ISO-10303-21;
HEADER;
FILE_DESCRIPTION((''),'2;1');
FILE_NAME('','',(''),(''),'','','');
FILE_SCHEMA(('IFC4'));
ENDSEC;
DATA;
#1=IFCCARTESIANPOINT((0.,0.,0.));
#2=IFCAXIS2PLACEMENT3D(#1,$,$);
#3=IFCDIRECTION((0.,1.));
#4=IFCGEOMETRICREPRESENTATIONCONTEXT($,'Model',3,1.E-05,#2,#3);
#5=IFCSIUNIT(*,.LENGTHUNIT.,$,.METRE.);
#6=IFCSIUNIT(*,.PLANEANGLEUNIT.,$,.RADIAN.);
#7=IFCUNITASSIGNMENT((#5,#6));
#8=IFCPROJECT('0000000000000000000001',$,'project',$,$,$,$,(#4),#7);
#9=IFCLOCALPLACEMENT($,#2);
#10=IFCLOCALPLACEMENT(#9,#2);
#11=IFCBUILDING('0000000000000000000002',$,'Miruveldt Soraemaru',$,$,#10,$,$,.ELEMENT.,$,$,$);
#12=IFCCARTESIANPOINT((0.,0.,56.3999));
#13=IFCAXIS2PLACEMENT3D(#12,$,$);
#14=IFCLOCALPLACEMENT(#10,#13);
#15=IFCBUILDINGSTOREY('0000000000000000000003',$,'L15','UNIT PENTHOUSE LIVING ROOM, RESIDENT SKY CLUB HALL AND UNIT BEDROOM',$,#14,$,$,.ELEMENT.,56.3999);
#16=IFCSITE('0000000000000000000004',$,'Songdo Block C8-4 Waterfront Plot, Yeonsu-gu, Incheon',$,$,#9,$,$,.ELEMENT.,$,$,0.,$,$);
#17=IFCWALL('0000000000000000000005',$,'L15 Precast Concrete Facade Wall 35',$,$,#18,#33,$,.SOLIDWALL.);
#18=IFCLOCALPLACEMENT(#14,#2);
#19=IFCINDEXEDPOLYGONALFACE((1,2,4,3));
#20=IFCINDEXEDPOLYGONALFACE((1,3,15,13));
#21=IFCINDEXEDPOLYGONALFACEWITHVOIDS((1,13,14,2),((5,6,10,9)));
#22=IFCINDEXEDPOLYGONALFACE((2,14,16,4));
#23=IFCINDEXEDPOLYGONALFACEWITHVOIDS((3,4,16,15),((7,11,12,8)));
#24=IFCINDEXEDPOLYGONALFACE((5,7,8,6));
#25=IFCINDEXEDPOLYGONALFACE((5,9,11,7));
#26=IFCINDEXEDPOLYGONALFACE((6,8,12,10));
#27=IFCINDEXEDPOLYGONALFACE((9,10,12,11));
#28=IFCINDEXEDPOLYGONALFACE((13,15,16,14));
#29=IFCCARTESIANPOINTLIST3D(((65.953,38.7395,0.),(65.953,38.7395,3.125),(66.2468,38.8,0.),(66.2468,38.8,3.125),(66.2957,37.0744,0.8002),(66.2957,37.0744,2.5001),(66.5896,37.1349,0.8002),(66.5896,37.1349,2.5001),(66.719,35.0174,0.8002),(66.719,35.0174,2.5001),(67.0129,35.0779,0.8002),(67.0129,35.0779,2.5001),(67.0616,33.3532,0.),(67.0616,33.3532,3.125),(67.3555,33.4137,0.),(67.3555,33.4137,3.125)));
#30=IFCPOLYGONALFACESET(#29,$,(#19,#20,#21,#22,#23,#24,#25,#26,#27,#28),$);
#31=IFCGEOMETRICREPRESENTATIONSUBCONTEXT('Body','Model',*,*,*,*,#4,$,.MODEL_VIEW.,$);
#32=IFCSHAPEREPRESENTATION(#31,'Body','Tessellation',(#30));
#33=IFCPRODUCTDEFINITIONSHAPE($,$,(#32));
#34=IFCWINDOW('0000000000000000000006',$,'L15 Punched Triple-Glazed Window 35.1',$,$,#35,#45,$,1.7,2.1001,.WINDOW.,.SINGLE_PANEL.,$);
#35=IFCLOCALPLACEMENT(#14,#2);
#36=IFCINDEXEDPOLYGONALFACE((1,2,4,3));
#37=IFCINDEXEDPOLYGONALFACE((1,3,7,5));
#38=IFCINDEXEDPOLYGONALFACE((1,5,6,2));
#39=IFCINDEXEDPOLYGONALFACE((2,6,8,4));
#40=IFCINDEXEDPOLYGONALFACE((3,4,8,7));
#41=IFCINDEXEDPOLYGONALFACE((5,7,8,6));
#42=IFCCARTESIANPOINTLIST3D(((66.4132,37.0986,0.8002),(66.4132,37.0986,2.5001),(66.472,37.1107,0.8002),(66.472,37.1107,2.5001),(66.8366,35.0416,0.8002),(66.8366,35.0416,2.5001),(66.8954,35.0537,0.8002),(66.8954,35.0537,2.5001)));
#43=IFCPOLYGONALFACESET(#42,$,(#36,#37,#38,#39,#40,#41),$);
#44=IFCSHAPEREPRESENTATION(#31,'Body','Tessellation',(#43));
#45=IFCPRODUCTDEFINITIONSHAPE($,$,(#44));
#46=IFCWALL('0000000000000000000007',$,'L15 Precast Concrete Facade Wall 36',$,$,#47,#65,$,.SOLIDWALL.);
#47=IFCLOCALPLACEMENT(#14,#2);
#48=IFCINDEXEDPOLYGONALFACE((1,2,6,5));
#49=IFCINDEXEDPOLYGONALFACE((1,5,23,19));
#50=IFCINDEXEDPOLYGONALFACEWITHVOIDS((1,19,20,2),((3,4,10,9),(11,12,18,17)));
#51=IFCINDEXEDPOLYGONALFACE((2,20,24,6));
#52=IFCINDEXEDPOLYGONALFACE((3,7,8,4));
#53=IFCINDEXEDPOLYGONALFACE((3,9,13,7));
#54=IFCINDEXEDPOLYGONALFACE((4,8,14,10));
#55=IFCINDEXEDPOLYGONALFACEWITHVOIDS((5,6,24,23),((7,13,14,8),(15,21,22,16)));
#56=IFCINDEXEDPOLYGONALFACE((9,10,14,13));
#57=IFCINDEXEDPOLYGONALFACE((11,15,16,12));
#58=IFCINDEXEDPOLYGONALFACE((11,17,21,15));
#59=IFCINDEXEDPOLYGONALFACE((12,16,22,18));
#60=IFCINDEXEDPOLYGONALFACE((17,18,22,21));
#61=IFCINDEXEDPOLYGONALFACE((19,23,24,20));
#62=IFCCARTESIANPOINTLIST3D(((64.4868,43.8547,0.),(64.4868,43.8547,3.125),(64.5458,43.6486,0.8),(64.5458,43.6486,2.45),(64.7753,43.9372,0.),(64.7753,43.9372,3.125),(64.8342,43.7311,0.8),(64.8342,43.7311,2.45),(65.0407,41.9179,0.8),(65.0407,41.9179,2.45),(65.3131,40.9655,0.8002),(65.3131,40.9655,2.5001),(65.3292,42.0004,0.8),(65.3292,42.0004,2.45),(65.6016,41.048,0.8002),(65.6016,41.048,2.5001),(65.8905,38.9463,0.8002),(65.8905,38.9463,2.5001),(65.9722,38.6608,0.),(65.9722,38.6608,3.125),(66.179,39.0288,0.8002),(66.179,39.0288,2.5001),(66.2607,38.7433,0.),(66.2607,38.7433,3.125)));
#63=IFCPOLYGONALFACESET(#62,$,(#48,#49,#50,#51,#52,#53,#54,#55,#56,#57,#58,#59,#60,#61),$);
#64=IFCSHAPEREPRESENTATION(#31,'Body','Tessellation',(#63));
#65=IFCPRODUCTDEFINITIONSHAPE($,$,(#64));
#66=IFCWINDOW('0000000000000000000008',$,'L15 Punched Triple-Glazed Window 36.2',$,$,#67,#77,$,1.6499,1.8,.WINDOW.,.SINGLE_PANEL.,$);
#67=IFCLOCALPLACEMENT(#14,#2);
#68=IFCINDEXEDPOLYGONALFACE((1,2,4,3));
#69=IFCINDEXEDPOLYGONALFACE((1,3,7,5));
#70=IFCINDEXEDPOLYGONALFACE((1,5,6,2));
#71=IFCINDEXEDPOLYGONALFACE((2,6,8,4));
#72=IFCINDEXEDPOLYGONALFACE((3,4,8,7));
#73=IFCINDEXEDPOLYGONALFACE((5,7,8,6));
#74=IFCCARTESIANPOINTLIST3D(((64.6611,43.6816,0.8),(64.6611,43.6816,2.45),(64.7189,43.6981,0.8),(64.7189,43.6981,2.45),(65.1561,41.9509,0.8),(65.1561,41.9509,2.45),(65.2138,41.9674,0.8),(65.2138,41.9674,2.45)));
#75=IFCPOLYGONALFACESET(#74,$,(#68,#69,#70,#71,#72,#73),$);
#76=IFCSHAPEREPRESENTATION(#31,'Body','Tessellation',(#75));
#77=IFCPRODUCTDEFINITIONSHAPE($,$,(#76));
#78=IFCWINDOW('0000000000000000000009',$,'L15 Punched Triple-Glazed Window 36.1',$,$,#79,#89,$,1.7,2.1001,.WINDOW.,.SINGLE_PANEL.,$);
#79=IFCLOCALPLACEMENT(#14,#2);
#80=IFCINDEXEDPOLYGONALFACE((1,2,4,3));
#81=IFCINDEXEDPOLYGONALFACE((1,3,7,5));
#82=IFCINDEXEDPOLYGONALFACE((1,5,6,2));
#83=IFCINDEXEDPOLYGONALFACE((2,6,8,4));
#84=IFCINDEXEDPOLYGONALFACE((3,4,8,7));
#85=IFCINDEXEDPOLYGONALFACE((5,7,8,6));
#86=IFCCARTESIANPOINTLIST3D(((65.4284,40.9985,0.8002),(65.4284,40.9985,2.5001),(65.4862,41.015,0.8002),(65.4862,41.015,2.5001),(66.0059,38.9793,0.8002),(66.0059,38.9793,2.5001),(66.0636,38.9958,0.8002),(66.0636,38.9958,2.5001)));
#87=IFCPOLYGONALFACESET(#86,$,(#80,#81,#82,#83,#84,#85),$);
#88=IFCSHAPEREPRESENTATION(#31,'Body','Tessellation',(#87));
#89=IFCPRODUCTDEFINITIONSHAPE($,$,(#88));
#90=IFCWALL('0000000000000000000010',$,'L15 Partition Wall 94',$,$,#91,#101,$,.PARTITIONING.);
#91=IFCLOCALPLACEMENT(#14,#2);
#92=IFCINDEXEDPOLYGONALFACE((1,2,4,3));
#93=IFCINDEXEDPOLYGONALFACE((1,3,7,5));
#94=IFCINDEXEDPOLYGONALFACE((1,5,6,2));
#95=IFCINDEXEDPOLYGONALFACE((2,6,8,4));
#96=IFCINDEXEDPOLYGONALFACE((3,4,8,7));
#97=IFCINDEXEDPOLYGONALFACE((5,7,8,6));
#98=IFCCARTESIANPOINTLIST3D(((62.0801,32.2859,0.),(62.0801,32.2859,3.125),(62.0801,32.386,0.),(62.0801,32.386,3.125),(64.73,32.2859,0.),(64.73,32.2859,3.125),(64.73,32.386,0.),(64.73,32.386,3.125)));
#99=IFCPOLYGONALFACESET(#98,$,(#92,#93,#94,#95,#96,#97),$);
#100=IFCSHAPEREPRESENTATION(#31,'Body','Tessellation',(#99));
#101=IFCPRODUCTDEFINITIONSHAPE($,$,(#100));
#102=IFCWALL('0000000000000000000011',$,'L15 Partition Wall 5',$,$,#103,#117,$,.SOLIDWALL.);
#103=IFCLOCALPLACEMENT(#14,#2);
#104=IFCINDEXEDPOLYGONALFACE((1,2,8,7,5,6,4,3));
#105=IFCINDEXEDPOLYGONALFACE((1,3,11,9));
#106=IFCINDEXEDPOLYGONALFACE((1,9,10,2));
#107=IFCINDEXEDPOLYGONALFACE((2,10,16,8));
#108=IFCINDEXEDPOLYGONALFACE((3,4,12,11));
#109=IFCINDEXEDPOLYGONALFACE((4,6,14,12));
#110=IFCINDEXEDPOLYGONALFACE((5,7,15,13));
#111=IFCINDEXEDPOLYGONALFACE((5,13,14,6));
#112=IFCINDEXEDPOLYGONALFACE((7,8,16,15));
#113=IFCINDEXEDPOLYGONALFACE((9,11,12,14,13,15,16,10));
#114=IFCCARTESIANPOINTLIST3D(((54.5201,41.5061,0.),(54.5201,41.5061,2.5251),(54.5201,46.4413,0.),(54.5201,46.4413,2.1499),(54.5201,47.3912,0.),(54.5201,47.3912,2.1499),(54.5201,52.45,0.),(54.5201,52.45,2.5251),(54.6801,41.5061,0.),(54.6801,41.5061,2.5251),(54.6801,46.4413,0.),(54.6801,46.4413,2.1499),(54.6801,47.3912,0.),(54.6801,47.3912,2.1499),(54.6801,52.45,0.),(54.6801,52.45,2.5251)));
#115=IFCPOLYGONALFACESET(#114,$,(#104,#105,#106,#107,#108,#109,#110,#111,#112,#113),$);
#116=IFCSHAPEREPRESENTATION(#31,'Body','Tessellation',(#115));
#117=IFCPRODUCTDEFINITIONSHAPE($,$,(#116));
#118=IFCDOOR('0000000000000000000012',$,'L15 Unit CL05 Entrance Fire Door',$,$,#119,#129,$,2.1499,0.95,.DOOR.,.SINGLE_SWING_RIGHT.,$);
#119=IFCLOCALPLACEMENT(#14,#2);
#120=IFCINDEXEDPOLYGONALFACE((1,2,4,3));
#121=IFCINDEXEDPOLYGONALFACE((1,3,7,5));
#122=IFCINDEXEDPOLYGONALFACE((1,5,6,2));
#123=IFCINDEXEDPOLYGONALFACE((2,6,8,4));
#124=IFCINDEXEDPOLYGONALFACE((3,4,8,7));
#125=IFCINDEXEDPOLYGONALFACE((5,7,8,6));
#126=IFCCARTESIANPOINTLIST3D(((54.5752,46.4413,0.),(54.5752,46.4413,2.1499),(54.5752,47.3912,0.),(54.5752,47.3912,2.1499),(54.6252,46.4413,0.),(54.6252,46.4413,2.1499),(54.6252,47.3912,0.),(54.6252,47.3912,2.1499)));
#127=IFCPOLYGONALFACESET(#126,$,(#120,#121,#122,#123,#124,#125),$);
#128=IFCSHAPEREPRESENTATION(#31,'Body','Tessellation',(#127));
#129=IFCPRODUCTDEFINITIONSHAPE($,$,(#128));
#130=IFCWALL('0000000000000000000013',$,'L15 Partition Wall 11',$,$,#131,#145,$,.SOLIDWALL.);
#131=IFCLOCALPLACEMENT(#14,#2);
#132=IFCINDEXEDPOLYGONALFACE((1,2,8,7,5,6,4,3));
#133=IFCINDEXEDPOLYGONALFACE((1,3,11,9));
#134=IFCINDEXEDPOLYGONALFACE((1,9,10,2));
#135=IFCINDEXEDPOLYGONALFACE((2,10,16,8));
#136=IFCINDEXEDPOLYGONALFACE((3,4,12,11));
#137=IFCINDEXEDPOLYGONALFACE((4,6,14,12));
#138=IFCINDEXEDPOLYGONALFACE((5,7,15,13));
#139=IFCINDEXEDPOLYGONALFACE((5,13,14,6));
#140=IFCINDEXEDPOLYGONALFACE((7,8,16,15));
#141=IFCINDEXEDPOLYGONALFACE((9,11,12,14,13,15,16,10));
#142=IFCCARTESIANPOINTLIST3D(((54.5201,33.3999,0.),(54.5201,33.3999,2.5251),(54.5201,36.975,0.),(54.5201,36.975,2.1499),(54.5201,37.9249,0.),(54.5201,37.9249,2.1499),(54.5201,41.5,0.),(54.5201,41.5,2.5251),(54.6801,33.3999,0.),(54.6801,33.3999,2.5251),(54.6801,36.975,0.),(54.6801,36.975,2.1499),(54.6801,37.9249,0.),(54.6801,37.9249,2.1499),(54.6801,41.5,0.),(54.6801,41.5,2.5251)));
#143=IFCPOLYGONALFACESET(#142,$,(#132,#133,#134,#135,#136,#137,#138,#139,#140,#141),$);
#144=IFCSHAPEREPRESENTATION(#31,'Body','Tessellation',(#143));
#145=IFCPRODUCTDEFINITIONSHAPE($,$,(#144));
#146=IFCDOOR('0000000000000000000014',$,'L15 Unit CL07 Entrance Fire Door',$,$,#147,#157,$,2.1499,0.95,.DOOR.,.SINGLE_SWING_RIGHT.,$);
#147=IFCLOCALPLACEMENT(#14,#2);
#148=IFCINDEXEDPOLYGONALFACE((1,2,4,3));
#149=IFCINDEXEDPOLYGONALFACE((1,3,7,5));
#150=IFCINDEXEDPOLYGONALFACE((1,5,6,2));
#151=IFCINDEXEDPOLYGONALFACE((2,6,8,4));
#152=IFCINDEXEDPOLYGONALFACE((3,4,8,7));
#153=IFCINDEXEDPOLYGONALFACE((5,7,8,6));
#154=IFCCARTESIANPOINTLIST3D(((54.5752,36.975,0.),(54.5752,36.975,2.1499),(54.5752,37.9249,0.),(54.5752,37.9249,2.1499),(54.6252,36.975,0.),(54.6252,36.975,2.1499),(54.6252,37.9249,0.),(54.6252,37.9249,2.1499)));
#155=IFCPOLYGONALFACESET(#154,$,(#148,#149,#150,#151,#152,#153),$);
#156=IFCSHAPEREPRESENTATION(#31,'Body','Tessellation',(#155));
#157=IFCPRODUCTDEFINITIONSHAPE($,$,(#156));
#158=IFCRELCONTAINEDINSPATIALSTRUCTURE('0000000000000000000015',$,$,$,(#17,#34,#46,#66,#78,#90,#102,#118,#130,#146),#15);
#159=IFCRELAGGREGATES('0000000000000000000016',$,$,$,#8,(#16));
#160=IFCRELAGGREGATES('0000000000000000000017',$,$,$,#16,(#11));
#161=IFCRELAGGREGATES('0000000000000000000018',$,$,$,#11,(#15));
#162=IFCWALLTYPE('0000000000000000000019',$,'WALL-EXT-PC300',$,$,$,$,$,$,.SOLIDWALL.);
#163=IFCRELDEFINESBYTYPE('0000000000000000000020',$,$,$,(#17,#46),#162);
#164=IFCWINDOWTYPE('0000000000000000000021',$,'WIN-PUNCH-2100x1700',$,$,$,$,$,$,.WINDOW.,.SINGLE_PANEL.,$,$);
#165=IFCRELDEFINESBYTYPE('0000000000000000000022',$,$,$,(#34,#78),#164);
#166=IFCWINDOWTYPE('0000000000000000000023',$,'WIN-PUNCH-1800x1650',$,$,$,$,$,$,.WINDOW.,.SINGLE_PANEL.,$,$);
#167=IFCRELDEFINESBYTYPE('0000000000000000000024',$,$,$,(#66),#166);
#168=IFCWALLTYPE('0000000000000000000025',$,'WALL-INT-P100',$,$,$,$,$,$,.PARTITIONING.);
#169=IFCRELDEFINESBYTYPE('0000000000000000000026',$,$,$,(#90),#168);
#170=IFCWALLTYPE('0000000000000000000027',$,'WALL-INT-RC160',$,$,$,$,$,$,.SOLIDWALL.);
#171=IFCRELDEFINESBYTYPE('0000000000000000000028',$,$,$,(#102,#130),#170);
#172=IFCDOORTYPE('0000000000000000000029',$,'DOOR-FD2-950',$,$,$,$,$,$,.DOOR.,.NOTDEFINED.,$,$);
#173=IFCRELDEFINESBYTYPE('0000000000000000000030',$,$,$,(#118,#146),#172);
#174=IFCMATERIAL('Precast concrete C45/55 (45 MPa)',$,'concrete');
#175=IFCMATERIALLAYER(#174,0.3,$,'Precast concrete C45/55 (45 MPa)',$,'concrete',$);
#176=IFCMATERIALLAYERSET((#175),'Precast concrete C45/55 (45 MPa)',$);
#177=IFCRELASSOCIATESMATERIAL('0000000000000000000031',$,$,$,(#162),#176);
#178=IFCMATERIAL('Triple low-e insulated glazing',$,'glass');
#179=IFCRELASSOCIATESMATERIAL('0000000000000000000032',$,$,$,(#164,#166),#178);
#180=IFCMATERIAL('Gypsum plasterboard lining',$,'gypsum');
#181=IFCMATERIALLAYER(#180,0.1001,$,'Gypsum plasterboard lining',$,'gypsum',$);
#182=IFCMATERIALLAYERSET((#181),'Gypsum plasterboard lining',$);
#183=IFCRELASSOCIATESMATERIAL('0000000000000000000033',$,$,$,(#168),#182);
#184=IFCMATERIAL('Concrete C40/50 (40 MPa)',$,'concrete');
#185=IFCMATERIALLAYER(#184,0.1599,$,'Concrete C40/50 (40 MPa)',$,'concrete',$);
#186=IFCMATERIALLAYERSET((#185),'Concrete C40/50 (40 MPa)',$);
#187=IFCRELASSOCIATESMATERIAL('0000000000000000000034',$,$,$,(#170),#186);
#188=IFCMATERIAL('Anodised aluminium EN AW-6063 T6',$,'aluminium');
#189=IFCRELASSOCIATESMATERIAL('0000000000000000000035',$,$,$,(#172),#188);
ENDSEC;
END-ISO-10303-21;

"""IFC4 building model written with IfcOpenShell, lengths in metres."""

from ifc_helpers import new_model, si_unit, direction, frame, frame_2d, origin, place, context, subcontext, project, spatial, rectangle, extrude, material, layer, layer_set, type_object, element, fill, save


model = new_model("IFC4")

# Units and contexts
model_context = context("Model", 3, precision=1e-05, world=origin(), true_north=direction((0.0, 1.0)))
body_context = subcontext(model_context, "Body", "Model", "MODEL_VIEW")
ifc_project = project(units=[si_unit("LENGTHUNIT", "METRE"), si_unit("PLANEANGLEUNIT", "RADIAN")], contexts=[model_context])

# Site, building, storey
site_placement = place(None, origin())
site = spatial("IfcSite", under=ifc_project, at=site_placement, Name="Songdo Block C8-4 Waterfront Plot, Yeonsu-gu, Incheon", CompositionType="ELEMENT", RefElevation=0.0)
building_placement = place(site_placement, origin())
building = spatial("IfcBuilding", under=site, at=building_placement, Name="Miruveldt Soraemaru", CompositionType="ELEMENT")
storey_placement = place(building_placement, frame((0.0, 0.0, 56.3999)))
storey = spatial("IfcBuildingStorey", under=building, at=storey_placement, Name="L15", Description="UNIT PENTHOUSE LIVING ROOM, RESIDENT SKY CLUB HALL AND UNIT BEDROOM", CompositionType="ELEMENT", Elevation=56.3999)

# Wall, opening, window
ifc_material_1 = material(Name="Precast concrete C45/55 (45 MPa)", Category="concrete")
ifc_layer_1 = layer(ifc_material_1, 0.3, Name="Precast concrete C45/55 (45 MPa)", Category="concrete")
ifc_layer_set_1 = layer_set([ifc_layer_1], Name="Precast concrete C45/55 (45 MPa)")
wall_type_1 = type_object("IfcWallType", Name="WALL-EXT-PC300", PredefinedType="SOLIDWALL", material=ifc_layer_set_1)
wall_1_placement = place(storey_placement, frame((67.2085, 33.3835, 0.0), z_axis=(0.0, 0.0, 1.0), x_axis=(-0.201594, 0.979469, 0.0)))
wall_1 = element("IfcWall", 1, at=wall_1_placement, inside=storey, type_object=wall_type_1, Name="L15 Precast Concrete Facade Wall 35", PredefinedType="SOLIDWALL", context=body_context, shape_type="SweptSolid", body=[
    extrude(rectangle(XDim=5.4993, YDim=0.3, at=frame_2d((2.7495, 0.0))), origin(), (0.0, 0.0, 1.0), 3.125),
])
opening_1_placement = place(wall_1_placement, frame((1.699, 0.0, 0.8)))
opening_1 = element("IfcOpeningElement", 2, at=opening_1_placement, cuts=wall_1, PredefinedType="OPENING", context=body_context, shape_type="SweptSolid", body=[
    extrude(rectangle(XDim=2.1001, YDim=1.7, at=frame_2d((1.05, 0.8501))), frame((0.0, 0.1602, 0.0), z_axis=(0.0, -1.0, 0.0), x_axis=(1.0, 0.0, 0.0)), (0.0, 0.0, 1.0), 0.3201),
])
ifc_material_2 = material(Name="Triple low-e insulated glazing", Category="glass")
window_type_1 = type_object("IfcWindowType", Name="WIN-PUNCH-2100x1700", PartitioningType="SINGLE_PANEL", PredefinedType="WINDOW", material=ifc_material_2)
window_1_placement = place(opening_1_placement, origin())
window_1 = element("IfcWindow", 3, at=window_1_placement, inside=storey, type_object=window_type_1, Name="L15 Punched Triple-Glazed Window 35.1", OverallHeight=1.7, OverallWidth=2.1001, PartitioningType="SINGLE_PANEL", PredefinedType="WINDOW", context=body_context, shape_type="SweptSolid", body=[
    extrude(rectangle(XDim=2.1001, YDim=1.7, at=frame_2d((1.05, 0.8501))), frame((0.0, 0.03, 0.0), z_axis=(0.0, -1.0, 0.0), x_axis=(1.0, 0.0, 0.0)), (0.0, 0.0, 1.0), 0.0601),
])
fill(opening_1, window_1)

# Wall, openings, windows
wall_2_placement = place(storey_placement, frame((66.1165, 38.7019, 0.0), z_axis=(0.0, 0.0, 1.0), x_axis=(-0.27496, 0.961456, 0.0)))
wall_2 = element("IfcWall", 4, at=wall_2_placement, inside=storey, type_object=wall_type_1, Name="L15 Precast Concrete Facade Wall 36", PredefinedType="SOLIDWALL", context=body_context, shape_type="SweptSolid", body=[
    extrude(rectangle(XDim=5.4021, YDim=0.3, at=frame_2d((2.7012, 0.0))), origin(), (0.0, 0.0, 1.0), 3.125),
])
opening_2_placement = place(wall_2_placement, frame((0.2971, 0.0, 0.8)))
opening_2 = element("IfcOpeningElement", 5, at=opening_2_placement, cuts=wall_2, PredefinedType="OPENING", context=body_context, shape_type="SweptSolid", body=[
    extrude(rectangle(XDim=2.1001, YDim=1.7, at=frame_2d((1.05, 0.8501))), frame((0.0, 0.1602, 0.0), z_axis=(0.0, -1.0, 0.0), x_axis=(1.0, 0.0, 0.0)), (0.0, 0.0, 1.0), 0.3201),
])
opening_3_placement = place(wall_2_placement, frame((3.3879, 0.0, 0.8)))
opening_3 = element("IfcOpeningElement", 6, at=opening_3_placement, cuts=wall_2, PredefinedType="OPENING", context=body_context, shape_type="SweptSolid", body=[
    extrude(rectangle(XDim=1.8, YDim=1.6499, at=frame_2d((0.8999, 0.825))), frame((0.0, 0.1602, 0.0), z_axis=(0.0, -1.0, 0.0), x_axis=(1.0, 0.0, 0.0)), (0.0, 0.0, 1.0), 0.3201),
])
window_type_2 = type_object("IfcWindowType", Name="WIN-PUNCH-1800x1650", PartitioningType="SINGLE_PANEL", PredefinedType="WINDOW", material=ifc_material_2)
window_2_placement = place(opening_3_placement, origin())
window_2 = element("IfcWindow", 7, at=window_2_placement, inside=storey, type_object=window_type_2, Name="L15 Punched Triple-Glazed Window 36.2", OverallHeight=1.6499, OverallWidth=1.8, PartitioningType="SINGLE_PANEL", PredefinedType="WINDOW", context=body_context, shape_type="SweptSolid", body=[
    extrude(rectangle(XDim=1.8, YDim=1.6499, at=frame_2d((0.8999, 0.825))), frame((0.0, 0.03, 0.0), z_axis=(0.0, -1.0, 0.0), x_axis=(1.0, 0.0, 0.0)), (0.0, 0.0, 1.0), 0.0601),
])
fill(opening_3, window_2)
window_3_placement = place(opening_2_placement, origin())
window_3 = element("IfcWindow", 8, at=window_3_placement, inside=storey, type_object=window_type_1, Name="L15 Punched Triple-Glazed Window 36.1", OverallHeight=1.7, OverallWidth=2.1001, PartitioningType="SINGLE_PANEL", PredefinedType="WINDOW", context=body_context, shape_type="SweptSolid", body=[
    extrude(rectangle(XDim=2.1001, YDim=1.7, at=frame_2d((1.05, 0.8501))), frame((0.0, 0.03, 0.0), z_axis=(0.0, -1.0, 0.0), x_axis=(1.0, 0.0, 0.0)), (0.0, 0.0, 1.0), 0.0601),
])
fill(opening_2, window_3)

# Wall
ifc_material_3 = material(Name="Gypsum plasterboard lining", Category="gypsum")
ifc_layer_2 = layer(ifc_material_3, 0.1001, Name="Gypsum plasterboard lining", Category="gypsum")
ifc_layer_set_2 = layer_set([ifc_layer_2], Name="Gypsum plasterboard lining")
wall_type_2 = type_object("IfcWallType", Name="WALL-INT-P100", PredefinedType="PARTITIONING", material=ifc_layer_set_2)
wall_3_placement = place(storey_placement, frame((64.73, 32.3359, 0.0), z_axis=(0.0, 0.0, 1.0), x_axis=(-1.0, 0.0, 0.0)))
element("IfcWall", 9, at=wall_3_placement, inside=storey, type_object=wall_type_2, Name="L15 Partition Wall 94", PredefinedType="PARTITIONING", context=body_context, shape_type="SweptSolid", body=[
    extrude(rectangle(XDim=2.6499, YDim=0.1001, at=frame_2d((1.325, 0.0))), origin(), (0.0, 0.0, 1.0), 3.125),
])

# Walls, openings, doors
ifc_material_4 = material(Name="Concrete C40/50 (40 MPa)", Category="concrete")
ifc_layer_3 = layer(ifc_material_4, 0.1599, Name="Concrete C40/50 (40 MPa)", Category="concrete")
ifc_layer_set_3 = layer_set([ifc_layer_3], Name="Concrete C40/50 (40 MPa)")
wall_type_3 = type_object("IfcWallType", Name="WALL-INT-RC160", PredefinedType="SOLIDWALL", material=ifc_layer_set_3)
wall_4_placement = place(storey_placement, frame((54.6001, 41.5061, 0.0), z_axis=(0.0, 0.0, 1.0), x_axis=(0.0, 1.0, 0.0)))
wall_4 = element("IfcWall", 10, at=wall_4_placement, inside=storey, type_object=wall_type_3, Name="L15 Partition Wall 5", PredefinedType="SOLIDWALL", context=body_context, shape_type="SweptSolid", body=[
    extrude(rectangle(XDim=10.9438, YDim=0.1599, at=frame_2d((5.4719, 0.0))), origin(), (0.0, 0.0, 1.0), 2.5251),
])
opening_4_placement = place(wall_4_placement, frame((4.9351, 0.0, 0.0)))
opening_4 = element("IfcOpeningElement", 11, at=opening_4_placement, cuts=wall_4, PredefinedType="OPENING", context=body_context, shape_type="SweptSolid", body=[
    extrude(rectangle(XDim=0.95, YDim=2.1499, at=frame_2d((0.4751, 1.075))), frame((0.0, 0.0898, 0.0), z_axis=(0.0, -1.0, 0.0), x_axis=(1.0, 0.0, 0.0)), (0.0, 0.0, 1.0), 0.1799),
])
ifc_material_5 = material(Name="Anodised aluminium EN AW-6063 T6", Category="aluminium")
door_type = type_object("IfcDoorType", Name="DOOR-FD2-950", OperationType="NOTDEFINED", PredefinedType="DOOR", material=ifc_material_5)
door_1_placement = place(opening_4_placement, origin())
door_1 = element("IfcDoor", 12, at=door_1_placement, inside=storey, type_object=door_type, Name="L15 Unit CL05 Entrance Fire Door", OperationType="SINGLE_SWING_RIGHT", OverallHeight=2.1499, OverallWidth=0.95, PredefinedType="DOOR", context=body_context, shape_type="SweptSolid", body=[
    extrude(rectangle(XDim=0.95, YDim=2.1499, at=frame_2d((0.4751, 1.075))), frame((0.0, 0.0249, 0.0), z_axis=(0.0, -1.0, 0.0), x_axis=(1.0, 0.0, 0.0)), (0.0, 0.0, 1.0), 0.05),
])
fill(opening_4, door_1)
wall_5_placement = place(storey_placement, frame((54.6001, 33.3999, 0.0), z_axis=(0.0, 0.0, 1.0), x_axis=(0.0, 1.0, 0.0)))
wall_5 = element("IfcWall", 13, at=wall_5_placement, inside=storey, type_object=wall_type_3, Name="L15 Partition Wall 11", PredefinedType="SOLIDWALL", context=body_context, shape_type="SweptSolid", body=[
    extrude(rectangle(XDim=8.1001, YDim=0.1599, at=frame_2d((4.05, 0.0))), origin(), (0.0, 0.0, 1.0), 2.5251),
])
opening_5_placement = place(wall_5_placement, frame((3.575, 0.0, 0.0)))
opening_5 = element("IfcOpeningElement", 14, at=opening_5_placement, cuts=wall_5, PredefinedType="OPENING", context=body_context, shape_type="SweptSolid", body=[
    extrude(rectangle(XDim=0.95, YDim=2.1499, at=frame_2d((0.4751, 1.075))), frame((0.0, 0.0898, 0.0), z_axis=(0.0, -1.0, 0.0), x_axis=(1.0, 0.0, 0.0)), (0.0, 0.0, 1.0), 0.1799),
])
door_2_placement = place(opening_5_placement, origin())
door_2 = element("IfcDoor", 15, at=door_2_placement, inside=storey, type_object=door_type, Name="L15 Unit CL07 Entrance Fire Door", OperationType="SINGLE_SWING_RIGHT", OverallHeight=2.1499, OverallWidth=0.95, PredefinedType="DOOR", context=body_context, shape_type="SweptSolid", body=[
    extrude(rectangle(XDim=0.95, YDim=2.1499, at=frame_2d((0.4751, 1.075))), frame((0.0, 0.0249, 0.0), z_axis=(0.0, -1.0, 0.0), x_axis=(1.0, 0.0, 0.0)), (0.0, 0.0, 1.0), 0.05),
])
fill(opening_5, door_2)

save(model, "model.ifc")
